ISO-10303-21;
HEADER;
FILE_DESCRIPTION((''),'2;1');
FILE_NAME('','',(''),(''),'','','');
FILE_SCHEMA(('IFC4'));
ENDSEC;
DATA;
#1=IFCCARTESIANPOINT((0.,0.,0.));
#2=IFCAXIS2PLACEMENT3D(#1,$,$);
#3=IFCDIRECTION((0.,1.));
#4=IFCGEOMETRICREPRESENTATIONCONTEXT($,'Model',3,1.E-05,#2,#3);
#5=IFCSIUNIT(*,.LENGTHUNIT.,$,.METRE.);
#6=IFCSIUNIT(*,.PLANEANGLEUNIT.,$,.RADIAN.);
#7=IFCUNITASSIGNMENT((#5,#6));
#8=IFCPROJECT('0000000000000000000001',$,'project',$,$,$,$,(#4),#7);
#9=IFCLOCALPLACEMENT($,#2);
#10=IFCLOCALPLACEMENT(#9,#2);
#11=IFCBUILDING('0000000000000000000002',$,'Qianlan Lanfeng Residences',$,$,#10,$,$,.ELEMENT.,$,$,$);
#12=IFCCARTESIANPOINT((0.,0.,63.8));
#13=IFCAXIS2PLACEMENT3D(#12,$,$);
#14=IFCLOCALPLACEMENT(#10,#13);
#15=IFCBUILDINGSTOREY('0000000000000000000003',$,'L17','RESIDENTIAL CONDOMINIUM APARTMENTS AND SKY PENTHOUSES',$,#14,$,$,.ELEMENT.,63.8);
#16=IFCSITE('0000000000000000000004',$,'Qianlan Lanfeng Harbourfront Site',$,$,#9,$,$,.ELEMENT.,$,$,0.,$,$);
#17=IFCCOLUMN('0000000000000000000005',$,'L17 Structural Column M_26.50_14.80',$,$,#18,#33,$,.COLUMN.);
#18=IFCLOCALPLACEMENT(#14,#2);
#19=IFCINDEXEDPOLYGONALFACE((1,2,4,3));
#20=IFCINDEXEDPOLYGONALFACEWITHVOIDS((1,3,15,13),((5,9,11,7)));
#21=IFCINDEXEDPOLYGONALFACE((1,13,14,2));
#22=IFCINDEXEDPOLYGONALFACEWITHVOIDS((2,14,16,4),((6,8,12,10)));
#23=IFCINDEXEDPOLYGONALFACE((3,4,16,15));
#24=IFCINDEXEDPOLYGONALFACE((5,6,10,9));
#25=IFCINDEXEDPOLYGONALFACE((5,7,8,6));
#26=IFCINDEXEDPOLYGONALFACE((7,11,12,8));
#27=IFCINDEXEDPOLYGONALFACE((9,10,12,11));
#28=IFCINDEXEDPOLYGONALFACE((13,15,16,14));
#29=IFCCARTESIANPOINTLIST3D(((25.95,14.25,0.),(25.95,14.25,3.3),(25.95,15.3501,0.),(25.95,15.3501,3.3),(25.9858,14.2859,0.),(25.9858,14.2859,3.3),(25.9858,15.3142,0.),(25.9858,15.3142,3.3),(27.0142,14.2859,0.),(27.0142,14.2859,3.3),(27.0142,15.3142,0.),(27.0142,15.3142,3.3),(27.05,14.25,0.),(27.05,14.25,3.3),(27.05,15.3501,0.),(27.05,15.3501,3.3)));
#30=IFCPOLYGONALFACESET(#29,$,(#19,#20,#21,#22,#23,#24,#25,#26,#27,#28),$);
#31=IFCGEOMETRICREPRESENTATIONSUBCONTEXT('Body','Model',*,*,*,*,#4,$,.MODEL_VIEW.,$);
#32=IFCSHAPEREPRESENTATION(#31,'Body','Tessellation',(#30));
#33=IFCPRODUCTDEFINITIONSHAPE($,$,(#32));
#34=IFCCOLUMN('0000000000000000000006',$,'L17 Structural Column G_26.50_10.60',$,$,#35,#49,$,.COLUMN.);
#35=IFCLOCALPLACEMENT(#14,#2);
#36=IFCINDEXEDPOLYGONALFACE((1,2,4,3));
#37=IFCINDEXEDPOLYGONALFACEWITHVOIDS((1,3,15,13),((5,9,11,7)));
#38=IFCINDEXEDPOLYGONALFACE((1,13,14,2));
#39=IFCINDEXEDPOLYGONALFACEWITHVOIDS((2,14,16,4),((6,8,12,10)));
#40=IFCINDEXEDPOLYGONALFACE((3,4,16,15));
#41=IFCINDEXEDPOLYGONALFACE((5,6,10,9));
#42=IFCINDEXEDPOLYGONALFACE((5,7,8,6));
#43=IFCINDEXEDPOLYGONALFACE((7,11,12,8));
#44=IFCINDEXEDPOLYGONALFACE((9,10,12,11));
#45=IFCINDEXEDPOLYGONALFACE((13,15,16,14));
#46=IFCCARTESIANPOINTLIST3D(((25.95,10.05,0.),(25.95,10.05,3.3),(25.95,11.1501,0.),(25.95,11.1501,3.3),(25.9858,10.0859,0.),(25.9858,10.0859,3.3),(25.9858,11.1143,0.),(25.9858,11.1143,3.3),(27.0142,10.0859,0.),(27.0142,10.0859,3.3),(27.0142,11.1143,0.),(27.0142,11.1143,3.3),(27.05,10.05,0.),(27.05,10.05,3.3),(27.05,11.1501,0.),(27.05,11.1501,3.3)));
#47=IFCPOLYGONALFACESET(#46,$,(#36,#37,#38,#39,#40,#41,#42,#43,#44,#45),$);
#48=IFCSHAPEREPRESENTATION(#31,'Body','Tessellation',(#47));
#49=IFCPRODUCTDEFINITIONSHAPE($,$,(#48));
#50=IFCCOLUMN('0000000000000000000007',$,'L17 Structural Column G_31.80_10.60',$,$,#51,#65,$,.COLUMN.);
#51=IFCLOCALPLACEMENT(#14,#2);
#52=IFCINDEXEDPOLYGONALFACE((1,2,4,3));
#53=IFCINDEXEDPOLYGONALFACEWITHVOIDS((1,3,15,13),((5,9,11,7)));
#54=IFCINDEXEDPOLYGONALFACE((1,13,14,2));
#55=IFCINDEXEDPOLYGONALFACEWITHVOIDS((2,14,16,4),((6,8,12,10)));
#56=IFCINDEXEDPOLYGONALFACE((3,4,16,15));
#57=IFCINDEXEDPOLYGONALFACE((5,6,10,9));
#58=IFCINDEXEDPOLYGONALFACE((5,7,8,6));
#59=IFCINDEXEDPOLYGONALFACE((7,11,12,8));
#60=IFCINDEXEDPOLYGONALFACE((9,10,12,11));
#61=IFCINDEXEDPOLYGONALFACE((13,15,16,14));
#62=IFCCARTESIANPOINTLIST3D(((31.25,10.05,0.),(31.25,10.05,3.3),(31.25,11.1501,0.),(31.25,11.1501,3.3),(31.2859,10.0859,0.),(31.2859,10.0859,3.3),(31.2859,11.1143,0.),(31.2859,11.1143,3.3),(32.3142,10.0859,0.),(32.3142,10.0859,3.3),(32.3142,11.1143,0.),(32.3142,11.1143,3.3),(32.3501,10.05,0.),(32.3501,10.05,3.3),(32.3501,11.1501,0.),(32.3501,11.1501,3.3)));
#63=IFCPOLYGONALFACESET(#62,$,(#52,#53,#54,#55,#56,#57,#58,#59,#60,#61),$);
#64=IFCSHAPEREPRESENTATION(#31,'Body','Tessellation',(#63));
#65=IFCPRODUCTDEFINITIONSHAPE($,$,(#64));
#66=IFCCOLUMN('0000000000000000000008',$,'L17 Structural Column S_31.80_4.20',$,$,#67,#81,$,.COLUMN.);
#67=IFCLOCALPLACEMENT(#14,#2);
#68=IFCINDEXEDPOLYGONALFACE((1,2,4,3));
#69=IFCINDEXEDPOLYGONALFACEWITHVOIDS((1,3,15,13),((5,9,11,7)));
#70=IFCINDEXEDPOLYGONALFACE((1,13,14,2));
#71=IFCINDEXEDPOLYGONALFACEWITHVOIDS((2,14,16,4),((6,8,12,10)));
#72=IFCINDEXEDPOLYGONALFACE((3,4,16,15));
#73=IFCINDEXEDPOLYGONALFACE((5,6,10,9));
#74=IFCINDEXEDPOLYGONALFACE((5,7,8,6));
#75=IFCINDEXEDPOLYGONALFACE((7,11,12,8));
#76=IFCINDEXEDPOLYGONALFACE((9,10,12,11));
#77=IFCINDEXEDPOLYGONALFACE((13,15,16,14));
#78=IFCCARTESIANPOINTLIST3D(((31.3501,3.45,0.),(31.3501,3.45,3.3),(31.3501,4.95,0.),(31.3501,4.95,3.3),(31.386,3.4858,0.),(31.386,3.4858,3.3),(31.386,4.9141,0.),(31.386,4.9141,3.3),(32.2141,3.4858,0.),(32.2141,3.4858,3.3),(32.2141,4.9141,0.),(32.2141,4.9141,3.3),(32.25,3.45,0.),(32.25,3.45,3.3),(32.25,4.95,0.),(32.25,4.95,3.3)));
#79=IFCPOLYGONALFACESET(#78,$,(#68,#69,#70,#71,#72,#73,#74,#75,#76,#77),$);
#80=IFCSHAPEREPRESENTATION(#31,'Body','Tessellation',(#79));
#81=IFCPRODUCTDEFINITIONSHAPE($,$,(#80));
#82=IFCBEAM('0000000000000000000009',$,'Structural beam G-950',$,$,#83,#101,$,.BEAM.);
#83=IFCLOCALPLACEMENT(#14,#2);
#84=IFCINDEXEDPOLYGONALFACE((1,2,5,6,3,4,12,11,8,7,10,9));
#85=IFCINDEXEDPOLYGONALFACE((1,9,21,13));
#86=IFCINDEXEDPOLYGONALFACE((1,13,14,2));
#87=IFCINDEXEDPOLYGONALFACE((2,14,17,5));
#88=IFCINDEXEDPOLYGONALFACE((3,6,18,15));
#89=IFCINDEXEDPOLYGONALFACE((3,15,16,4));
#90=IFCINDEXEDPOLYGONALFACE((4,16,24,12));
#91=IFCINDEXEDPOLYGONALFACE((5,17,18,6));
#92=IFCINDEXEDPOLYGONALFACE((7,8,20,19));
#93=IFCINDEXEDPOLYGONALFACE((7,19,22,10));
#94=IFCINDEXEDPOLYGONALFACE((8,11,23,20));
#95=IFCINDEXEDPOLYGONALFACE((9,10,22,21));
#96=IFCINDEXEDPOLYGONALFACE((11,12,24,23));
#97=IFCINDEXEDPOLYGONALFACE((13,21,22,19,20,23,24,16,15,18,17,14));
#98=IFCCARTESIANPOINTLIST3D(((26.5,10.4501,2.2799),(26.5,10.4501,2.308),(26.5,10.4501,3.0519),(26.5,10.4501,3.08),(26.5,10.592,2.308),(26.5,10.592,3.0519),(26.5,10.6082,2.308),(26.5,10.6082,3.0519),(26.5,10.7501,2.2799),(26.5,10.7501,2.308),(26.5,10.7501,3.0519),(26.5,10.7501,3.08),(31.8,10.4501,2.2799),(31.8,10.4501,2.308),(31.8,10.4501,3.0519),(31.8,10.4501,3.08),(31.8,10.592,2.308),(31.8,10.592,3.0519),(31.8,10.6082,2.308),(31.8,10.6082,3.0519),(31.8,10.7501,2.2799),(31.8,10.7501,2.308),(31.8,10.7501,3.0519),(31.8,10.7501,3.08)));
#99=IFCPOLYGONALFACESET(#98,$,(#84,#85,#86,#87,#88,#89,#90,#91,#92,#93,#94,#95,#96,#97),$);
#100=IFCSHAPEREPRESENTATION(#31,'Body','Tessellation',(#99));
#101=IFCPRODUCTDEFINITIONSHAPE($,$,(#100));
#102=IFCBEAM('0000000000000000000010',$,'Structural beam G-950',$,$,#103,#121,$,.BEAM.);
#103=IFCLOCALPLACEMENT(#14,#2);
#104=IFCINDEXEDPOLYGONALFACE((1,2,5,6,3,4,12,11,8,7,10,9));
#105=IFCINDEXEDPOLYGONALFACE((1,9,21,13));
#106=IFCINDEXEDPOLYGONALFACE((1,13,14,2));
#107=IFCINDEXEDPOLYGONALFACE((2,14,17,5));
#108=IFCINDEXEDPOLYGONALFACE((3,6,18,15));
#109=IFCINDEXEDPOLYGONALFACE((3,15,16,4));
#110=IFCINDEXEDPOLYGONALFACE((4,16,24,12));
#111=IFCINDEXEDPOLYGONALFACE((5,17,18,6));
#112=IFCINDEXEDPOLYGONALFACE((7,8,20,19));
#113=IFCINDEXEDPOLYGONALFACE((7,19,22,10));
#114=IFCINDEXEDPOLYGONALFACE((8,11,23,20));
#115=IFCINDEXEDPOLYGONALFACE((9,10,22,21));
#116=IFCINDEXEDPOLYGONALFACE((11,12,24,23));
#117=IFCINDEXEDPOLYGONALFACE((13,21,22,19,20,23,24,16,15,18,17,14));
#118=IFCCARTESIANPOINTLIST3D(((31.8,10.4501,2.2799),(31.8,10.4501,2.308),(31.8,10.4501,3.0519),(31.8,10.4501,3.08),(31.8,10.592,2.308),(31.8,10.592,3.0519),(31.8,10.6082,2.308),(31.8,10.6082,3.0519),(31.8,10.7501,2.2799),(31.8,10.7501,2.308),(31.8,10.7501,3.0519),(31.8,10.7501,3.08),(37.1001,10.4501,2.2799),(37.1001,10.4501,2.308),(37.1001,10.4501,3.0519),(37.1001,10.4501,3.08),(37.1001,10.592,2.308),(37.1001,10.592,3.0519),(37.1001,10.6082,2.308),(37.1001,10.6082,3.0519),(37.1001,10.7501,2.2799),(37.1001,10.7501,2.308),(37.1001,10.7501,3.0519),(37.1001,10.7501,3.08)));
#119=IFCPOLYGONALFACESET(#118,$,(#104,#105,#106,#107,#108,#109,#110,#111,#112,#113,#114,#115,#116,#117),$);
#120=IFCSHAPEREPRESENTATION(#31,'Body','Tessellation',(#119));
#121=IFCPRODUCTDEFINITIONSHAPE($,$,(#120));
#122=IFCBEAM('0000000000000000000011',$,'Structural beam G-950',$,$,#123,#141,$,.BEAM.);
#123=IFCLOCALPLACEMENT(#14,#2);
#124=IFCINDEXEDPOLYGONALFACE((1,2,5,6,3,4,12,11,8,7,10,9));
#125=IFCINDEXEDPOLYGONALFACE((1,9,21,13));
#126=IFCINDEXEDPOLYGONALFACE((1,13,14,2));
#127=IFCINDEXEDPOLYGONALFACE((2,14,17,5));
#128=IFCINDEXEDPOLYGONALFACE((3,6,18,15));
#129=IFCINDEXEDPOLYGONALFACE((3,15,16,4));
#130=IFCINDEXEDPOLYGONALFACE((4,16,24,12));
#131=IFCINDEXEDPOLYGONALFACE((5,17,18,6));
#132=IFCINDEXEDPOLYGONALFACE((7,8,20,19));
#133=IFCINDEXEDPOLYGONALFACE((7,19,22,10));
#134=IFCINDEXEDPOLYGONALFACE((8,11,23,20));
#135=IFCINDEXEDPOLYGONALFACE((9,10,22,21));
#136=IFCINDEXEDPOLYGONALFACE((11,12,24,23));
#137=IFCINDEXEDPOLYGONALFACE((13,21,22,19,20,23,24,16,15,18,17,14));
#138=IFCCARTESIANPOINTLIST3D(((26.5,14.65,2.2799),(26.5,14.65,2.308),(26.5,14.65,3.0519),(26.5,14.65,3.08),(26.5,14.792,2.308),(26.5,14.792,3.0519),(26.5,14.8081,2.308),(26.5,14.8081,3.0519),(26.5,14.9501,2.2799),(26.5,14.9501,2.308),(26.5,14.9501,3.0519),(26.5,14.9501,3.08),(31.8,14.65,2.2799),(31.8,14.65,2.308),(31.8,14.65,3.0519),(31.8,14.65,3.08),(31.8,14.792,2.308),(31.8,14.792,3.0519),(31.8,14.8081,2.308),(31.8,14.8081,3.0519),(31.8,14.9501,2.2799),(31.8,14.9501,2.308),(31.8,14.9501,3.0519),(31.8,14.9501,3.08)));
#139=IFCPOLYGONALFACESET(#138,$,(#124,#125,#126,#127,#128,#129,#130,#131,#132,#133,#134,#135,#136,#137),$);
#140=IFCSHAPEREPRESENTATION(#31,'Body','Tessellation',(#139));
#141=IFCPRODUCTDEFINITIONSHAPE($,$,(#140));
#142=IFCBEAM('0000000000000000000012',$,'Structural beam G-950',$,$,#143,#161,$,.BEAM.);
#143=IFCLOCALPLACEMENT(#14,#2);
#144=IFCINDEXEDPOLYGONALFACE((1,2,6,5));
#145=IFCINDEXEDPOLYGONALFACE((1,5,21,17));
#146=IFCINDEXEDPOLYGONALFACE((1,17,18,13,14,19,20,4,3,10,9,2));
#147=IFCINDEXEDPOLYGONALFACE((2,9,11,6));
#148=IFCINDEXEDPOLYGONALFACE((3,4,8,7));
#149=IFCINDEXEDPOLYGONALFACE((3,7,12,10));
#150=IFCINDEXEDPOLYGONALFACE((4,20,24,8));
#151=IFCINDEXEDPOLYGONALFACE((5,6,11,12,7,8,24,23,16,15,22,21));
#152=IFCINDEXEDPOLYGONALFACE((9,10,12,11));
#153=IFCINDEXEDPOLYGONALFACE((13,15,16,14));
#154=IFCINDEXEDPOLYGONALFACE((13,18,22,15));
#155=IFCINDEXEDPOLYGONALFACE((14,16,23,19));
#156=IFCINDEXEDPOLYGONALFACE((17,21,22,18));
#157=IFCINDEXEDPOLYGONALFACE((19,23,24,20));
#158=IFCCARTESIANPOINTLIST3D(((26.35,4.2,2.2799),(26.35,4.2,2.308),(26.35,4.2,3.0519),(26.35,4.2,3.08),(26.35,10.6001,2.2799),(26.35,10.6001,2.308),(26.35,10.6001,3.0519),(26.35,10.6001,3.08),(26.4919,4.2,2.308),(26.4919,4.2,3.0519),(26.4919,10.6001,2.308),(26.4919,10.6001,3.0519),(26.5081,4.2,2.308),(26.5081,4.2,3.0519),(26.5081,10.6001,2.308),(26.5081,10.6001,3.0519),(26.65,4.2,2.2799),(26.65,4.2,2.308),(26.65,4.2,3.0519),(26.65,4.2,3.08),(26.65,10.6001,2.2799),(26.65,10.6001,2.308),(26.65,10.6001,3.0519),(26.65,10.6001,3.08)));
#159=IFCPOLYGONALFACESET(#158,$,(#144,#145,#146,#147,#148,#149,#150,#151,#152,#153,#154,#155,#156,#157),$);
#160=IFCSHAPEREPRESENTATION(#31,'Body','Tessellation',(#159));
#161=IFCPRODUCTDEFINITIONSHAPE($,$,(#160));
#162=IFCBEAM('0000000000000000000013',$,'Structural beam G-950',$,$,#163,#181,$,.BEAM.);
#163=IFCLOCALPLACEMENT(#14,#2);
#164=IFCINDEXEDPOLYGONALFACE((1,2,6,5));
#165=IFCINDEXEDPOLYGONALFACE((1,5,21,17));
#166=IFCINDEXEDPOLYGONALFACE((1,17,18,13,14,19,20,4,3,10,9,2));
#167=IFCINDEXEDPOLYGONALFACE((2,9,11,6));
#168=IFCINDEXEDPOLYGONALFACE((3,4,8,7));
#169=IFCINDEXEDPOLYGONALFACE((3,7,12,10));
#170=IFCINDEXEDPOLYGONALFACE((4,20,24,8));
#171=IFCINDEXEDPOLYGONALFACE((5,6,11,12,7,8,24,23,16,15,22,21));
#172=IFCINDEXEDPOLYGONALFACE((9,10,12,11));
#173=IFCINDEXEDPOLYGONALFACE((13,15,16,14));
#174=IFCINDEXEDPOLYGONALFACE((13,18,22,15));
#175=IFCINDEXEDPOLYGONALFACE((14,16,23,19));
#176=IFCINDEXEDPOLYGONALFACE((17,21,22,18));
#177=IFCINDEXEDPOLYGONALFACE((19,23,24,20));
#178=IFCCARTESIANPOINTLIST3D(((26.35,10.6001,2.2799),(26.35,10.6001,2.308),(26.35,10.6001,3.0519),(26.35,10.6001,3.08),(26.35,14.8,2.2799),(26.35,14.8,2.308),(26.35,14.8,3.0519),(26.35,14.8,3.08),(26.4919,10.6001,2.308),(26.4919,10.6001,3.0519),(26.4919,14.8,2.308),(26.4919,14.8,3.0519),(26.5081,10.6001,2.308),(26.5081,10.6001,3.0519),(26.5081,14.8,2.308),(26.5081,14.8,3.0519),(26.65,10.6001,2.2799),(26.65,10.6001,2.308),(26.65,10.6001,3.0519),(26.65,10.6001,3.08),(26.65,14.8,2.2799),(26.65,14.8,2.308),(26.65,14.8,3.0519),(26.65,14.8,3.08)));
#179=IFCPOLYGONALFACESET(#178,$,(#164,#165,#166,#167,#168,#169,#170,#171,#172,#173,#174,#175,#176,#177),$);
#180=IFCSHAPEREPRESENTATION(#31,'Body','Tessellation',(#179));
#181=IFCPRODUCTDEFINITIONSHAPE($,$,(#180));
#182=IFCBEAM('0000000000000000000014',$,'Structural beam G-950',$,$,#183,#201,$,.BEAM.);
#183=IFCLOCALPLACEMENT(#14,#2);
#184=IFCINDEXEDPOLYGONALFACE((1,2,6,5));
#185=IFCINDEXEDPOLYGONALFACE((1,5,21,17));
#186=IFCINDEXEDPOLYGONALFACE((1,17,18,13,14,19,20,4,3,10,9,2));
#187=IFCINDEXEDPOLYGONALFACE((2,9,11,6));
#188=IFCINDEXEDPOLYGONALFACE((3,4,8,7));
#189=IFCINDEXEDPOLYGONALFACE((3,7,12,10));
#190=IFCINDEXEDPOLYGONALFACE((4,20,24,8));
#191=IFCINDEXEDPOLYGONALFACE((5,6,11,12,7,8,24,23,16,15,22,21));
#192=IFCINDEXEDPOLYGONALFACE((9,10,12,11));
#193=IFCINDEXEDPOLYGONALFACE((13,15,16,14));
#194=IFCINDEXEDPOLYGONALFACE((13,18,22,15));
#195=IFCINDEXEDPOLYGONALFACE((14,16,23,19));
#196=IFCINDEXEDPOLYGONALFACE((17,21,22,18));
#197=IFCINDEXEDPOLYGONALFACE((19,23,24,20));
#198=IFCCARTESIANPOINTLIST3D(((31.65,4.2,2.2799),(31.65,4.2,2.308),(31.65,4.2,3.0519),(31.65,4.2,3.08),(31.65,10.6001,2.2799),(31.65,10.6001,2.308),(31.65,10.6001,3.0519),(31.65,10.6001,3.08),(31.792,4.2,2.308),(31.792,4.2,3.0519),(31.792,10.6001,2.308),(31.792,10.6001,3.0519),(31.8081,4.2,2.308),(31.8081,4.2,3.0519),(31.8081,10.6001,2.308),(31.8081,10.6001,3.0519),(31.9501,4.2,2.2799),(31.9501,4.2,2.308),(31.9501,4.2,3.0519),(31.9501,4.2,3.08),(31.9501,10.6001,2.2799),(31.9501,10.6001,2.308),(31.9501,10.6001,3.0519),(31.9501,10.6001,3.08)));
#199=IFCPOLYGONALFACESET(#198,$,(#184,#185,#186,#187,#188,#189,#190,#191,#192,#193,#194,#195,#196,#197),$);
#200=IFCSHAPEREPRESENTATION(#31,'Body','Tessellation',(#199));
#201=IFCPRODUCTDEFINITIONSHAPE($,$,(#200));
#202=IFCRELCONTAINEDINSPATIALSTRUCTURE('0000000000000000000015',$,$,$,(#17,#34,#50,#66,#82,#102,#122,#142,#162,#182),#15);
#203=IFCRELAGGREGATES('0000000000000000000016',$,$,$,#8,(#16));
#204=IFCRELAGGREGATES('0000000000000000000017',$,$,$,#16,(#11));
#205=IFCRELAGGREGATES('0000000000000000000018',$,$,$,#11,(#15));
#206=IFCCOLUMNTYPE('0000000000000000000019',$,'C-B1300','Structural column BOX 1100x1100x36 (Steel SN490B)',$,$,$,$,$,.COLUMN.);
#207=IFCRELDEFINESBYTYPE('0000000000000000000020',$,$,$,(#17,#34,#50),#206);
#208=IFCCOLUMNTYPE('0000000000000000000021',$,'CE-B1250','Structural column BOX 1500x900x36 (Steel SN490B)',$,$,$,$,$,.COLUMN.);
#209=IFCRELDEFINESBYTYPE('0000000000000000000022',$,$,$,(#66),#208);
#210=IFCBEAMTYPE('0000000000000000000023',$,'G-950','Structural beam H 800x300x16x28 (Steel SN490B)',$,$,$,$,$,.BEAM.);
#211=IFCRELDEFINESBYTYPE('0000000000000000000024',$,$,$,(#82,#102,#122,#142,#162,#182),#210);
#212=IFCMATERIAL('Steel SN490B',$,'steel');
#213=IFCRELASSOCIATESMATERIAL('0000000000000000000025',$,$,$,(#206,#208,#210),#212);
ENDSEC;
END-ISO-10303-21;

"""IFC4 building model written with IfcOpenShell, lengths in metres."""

from ifc_helpers import new_model, si_unit, direction, frame, origin, origin_2d, place, context, subcontext, project, spatial, hollow_rectangle, i_section, extrude, material, material_profile, profile_set, type_object, element, save


model = new_model("IFC4")

# Units and contexts
model_context = context("Model", 3, precision=1e-05, world=origin(), true_north=direction((0.0, 1.0)))
body_context = subcontext(model_context, "Body", "Model", "MODEL_VIEW")
ifc_project = project(units=[si_unit("LENGTHUNIT", "METRE"), si_unit("PLANEANGLEUNIT", "RADIAN")], contexts=[model_context])

# Site, building, storey
site_placement = place(None, origin())
site = spatial("IfcSite", under=ifc_project, at=site_placement, Name="Qianlan Lanfeng Harbourfront Site", CompositionType="ELEMENT", RefElevation=0.0)
building_placement = place(site_placement, origin())
building = spatial("IfcBuilding", under=site, at=building_placement, Name="Qianlan Lanfeng Residences", CompositionType="ELEMENT")
storey_placement = place(building_placement, frame((0.0, 0.0, 63.8)))
storey = spatial("IfcBuildingStorey", under=building, at=storey_placement, Name="L17", Description="RESIDENTIAL CONDOMINIUM APARTMENTS AND SKY PENTHOUSES", CompositionType="ELEMENT", Elevation=63.8)

# Columns
ifc_material_1 = material(Name="Steel SN490B", Category="steel")
ifc_material_profile_1 = material_profile(ifc_material_1, hollow_rectangle(XDim=1.1001, YDim=1.1001, WallThickness=0.0359, at=origin_2d()), Name="BOX 1100x1100x36")
ifc_profile_set_1 = profile_set([ifc_material_profile_1], Name="Steel SN490B")
column_type_1 = type_object("IfcColumnType", Name="C-B1300", Description="Structural column BOX 1100x1100x36 (Steel SN490B)", PredefinedType="COLUMN", material=ifc_profile_set_1)
for number, where, z_axis, x_axis, name in (
    (1, (26.5, 14.8, 0.0), (0.0, 0.0, 1.0), (1.0, 0.0, 0.0), "L17 Structural Column M_26.50_14.80"),
    (2, (26.5, 10.6001, 0.0), (0.0, 0.0, 1.0), (1.0, 0.0, 0.0), "L17 Structural Column G_26.50_10.60"),
    (3, (31.8, 10.6001, 0.0), (0.0, 0.0, 1.0), (1.0, 0.0, 0.0), "L17 Structural Column G_31.80_10.60"),
):
    element("IfcColumn", number, at=place(storey_placement, frame(where, z_axis=z_axis, x_axis=x_axis)), inside=storey, type_object=column_type_1, Name=name, PredefinedType="COLUMN", context=body_context, shape_type="SweptSolid", body=[
        extrude(hollow_rectangle(XDim=1.1001, YDim=1.1001, WallThickness=0.0359, at=origin_2d()), origin(), (0.0, 0.0, 1.0), 3.3),
    ])
ifc_material_profile_2 = material_profile(ifc_material_1, hollow_rectangle(XDim=0.8999, YDim=1.5, WallThickness=0.0359, at=origin_2d()), Name="BOX 1500x900x36")
ifc_profile_set_2 = profile_set([ifc_material_profile_2], Name="Steel SN490B")
column_type_2 = type_object("IfcColumnType", Name="CE-B1250", Description="Structural column BOX 1500x900x36 (Steel SN490B)", PredefinedType="COLUMN", material=ifc_profile_set_2)
column_placement = place(storey_placement, frame((31.8, 4.2, 0.0), z_axis=(0.0, 0.0, 1.0), x_axis=(1.0, 0.0, 0.0)))
element("IfcColumn", 4, at=column_placement, inside=storey, type_object=column_type_2, Name="L17 Structural Column S_31.80_4.20", PredefinedType="COLUMN", context=body_context, shape_type="SweptSolid", body=[
    extrude(hollow_rectangle(XDim=0.8999, YDim=1.5, WallThickness=0.0359, at=origin_2d()), origin(), (0.0, 0.0, 1.0), 3.3),
])

# Beams
ifc_material_profile_3 = material_profile(ifc_material_1, i_section(OverallWidth=0.3, OverallDepth=0.8, WebThickness=0.0161, FlangeThickness=0.0281, at=origin_2d()), Name="H 800x300x16x28")
ifc_profile_set_3 = profile_set([ifc_material_profile_3], Name="Steel SN490B")
beam_type_1 = type_object("IfcBeamType", Name="G-950", Description="Structural beam H 800x300x16x28 (Steel SN490B)", PredefinedType="BEAM", material=ifc_profile_set_3)
for number, where, z_axis, x_axis, name in (
    (5, (26.5, 10.6001, 2.6799), (1.0, 0.0, 0.0), (0.0, 1.0, 0.0), "Structural beam G-950"),
    (6, (31.8, 10.6001, 2.6799), (1.0, 0.0, 0.0), (0.0, 1.0, 0.0), "Structural beam G-950"),
    (7, (26.5, 14.8, 2.6799), (1.0, 0.0, 0.0), (0.0, 1.0, 0.0), "Structural beam G-950"),
):
    element("IfcBeam", number, at=place(storey_placement, frame(where, z_axis=z_axis, x_axis=x_axis)), inside=storey, type_object=beam_type_1, Name=name, PredefinedType="BEAM", context=body_context, shape_type="SweptSolid", body=[
        extrude(i_section(OverallWidth=0.3, OverallDepth=0.8, WebThickness=0.0161, FlangeThickness=0.0281, at=origin_2d()), origin(), (0.0, 0.0, 1.0), 5.3),
    ])
beam_1_placement = place(storey_placement, frame((26.5, 4.2, 2.6799), z_axis=(0.0, 1.0, 0.0), x_axis=(-1.0, 0.0, 0.0)))
element("IfcBeam", 8, at=beam_1_placement, inside=storey, type_object=beam_type_1, Name="Structural beam G-950", PredefinedType="BEAM", context=body_context, shape_type="SweptSolid", body=[
    extrude(i_section(OverallWidth=0.3, OverallDepth=0.8, WebThickness=0.0161, FlangeThickness=0.0281, at=origin_2d()), origin(), (0.0, 0.0, 1.0), 6.4001),
])
beam_2_placement = place(storey_placement, frame((26.5, 10.6001, 2.6799), z_axis=(0.0, 1.0, 0.0), x_axis=(-1.0, 0.0, 0.0)))
element("IfcBeam", 9, at=beam_2_placement, inside=storey, type_object=beam_type_1, Name="Structural beam G-950", PredefinedType="BEAM", context=body_context, shape_type="SweptSolid", body=[
    extrude(i_section(OverallWidth=0.3, OverallDepth=0.8, WebThickness=0.0161, FlangeThickness=0.0281, at=origin_2d()), origin(), (0.0, 0.0, 1.0), 4.2),
])
beam_3_placement = place(storey_placement, frame((31.8, 4.2, 2.6799), z_axis=(0.0, 1.0, 0.0), x_axis=(-1.0, 0.0, 0.0)))
element("IfcBeam", 10, at=beam_3_placement, inside=storey, type_object=beam_type_1, Name="Structural beam G-950", PredefinedType="BEAM", context=body_context, shape_type="SweptSolid", body=[
    extrude(i_section(OverallWidth=0.3, OverallDepth=0.8, WebThickness=0.0161, FlangeThickness=0.0281, at=origin_2d()), origin(), (0.0, 0.0, 1.0), 6.4001),
])

save(model, "model.ifc")
